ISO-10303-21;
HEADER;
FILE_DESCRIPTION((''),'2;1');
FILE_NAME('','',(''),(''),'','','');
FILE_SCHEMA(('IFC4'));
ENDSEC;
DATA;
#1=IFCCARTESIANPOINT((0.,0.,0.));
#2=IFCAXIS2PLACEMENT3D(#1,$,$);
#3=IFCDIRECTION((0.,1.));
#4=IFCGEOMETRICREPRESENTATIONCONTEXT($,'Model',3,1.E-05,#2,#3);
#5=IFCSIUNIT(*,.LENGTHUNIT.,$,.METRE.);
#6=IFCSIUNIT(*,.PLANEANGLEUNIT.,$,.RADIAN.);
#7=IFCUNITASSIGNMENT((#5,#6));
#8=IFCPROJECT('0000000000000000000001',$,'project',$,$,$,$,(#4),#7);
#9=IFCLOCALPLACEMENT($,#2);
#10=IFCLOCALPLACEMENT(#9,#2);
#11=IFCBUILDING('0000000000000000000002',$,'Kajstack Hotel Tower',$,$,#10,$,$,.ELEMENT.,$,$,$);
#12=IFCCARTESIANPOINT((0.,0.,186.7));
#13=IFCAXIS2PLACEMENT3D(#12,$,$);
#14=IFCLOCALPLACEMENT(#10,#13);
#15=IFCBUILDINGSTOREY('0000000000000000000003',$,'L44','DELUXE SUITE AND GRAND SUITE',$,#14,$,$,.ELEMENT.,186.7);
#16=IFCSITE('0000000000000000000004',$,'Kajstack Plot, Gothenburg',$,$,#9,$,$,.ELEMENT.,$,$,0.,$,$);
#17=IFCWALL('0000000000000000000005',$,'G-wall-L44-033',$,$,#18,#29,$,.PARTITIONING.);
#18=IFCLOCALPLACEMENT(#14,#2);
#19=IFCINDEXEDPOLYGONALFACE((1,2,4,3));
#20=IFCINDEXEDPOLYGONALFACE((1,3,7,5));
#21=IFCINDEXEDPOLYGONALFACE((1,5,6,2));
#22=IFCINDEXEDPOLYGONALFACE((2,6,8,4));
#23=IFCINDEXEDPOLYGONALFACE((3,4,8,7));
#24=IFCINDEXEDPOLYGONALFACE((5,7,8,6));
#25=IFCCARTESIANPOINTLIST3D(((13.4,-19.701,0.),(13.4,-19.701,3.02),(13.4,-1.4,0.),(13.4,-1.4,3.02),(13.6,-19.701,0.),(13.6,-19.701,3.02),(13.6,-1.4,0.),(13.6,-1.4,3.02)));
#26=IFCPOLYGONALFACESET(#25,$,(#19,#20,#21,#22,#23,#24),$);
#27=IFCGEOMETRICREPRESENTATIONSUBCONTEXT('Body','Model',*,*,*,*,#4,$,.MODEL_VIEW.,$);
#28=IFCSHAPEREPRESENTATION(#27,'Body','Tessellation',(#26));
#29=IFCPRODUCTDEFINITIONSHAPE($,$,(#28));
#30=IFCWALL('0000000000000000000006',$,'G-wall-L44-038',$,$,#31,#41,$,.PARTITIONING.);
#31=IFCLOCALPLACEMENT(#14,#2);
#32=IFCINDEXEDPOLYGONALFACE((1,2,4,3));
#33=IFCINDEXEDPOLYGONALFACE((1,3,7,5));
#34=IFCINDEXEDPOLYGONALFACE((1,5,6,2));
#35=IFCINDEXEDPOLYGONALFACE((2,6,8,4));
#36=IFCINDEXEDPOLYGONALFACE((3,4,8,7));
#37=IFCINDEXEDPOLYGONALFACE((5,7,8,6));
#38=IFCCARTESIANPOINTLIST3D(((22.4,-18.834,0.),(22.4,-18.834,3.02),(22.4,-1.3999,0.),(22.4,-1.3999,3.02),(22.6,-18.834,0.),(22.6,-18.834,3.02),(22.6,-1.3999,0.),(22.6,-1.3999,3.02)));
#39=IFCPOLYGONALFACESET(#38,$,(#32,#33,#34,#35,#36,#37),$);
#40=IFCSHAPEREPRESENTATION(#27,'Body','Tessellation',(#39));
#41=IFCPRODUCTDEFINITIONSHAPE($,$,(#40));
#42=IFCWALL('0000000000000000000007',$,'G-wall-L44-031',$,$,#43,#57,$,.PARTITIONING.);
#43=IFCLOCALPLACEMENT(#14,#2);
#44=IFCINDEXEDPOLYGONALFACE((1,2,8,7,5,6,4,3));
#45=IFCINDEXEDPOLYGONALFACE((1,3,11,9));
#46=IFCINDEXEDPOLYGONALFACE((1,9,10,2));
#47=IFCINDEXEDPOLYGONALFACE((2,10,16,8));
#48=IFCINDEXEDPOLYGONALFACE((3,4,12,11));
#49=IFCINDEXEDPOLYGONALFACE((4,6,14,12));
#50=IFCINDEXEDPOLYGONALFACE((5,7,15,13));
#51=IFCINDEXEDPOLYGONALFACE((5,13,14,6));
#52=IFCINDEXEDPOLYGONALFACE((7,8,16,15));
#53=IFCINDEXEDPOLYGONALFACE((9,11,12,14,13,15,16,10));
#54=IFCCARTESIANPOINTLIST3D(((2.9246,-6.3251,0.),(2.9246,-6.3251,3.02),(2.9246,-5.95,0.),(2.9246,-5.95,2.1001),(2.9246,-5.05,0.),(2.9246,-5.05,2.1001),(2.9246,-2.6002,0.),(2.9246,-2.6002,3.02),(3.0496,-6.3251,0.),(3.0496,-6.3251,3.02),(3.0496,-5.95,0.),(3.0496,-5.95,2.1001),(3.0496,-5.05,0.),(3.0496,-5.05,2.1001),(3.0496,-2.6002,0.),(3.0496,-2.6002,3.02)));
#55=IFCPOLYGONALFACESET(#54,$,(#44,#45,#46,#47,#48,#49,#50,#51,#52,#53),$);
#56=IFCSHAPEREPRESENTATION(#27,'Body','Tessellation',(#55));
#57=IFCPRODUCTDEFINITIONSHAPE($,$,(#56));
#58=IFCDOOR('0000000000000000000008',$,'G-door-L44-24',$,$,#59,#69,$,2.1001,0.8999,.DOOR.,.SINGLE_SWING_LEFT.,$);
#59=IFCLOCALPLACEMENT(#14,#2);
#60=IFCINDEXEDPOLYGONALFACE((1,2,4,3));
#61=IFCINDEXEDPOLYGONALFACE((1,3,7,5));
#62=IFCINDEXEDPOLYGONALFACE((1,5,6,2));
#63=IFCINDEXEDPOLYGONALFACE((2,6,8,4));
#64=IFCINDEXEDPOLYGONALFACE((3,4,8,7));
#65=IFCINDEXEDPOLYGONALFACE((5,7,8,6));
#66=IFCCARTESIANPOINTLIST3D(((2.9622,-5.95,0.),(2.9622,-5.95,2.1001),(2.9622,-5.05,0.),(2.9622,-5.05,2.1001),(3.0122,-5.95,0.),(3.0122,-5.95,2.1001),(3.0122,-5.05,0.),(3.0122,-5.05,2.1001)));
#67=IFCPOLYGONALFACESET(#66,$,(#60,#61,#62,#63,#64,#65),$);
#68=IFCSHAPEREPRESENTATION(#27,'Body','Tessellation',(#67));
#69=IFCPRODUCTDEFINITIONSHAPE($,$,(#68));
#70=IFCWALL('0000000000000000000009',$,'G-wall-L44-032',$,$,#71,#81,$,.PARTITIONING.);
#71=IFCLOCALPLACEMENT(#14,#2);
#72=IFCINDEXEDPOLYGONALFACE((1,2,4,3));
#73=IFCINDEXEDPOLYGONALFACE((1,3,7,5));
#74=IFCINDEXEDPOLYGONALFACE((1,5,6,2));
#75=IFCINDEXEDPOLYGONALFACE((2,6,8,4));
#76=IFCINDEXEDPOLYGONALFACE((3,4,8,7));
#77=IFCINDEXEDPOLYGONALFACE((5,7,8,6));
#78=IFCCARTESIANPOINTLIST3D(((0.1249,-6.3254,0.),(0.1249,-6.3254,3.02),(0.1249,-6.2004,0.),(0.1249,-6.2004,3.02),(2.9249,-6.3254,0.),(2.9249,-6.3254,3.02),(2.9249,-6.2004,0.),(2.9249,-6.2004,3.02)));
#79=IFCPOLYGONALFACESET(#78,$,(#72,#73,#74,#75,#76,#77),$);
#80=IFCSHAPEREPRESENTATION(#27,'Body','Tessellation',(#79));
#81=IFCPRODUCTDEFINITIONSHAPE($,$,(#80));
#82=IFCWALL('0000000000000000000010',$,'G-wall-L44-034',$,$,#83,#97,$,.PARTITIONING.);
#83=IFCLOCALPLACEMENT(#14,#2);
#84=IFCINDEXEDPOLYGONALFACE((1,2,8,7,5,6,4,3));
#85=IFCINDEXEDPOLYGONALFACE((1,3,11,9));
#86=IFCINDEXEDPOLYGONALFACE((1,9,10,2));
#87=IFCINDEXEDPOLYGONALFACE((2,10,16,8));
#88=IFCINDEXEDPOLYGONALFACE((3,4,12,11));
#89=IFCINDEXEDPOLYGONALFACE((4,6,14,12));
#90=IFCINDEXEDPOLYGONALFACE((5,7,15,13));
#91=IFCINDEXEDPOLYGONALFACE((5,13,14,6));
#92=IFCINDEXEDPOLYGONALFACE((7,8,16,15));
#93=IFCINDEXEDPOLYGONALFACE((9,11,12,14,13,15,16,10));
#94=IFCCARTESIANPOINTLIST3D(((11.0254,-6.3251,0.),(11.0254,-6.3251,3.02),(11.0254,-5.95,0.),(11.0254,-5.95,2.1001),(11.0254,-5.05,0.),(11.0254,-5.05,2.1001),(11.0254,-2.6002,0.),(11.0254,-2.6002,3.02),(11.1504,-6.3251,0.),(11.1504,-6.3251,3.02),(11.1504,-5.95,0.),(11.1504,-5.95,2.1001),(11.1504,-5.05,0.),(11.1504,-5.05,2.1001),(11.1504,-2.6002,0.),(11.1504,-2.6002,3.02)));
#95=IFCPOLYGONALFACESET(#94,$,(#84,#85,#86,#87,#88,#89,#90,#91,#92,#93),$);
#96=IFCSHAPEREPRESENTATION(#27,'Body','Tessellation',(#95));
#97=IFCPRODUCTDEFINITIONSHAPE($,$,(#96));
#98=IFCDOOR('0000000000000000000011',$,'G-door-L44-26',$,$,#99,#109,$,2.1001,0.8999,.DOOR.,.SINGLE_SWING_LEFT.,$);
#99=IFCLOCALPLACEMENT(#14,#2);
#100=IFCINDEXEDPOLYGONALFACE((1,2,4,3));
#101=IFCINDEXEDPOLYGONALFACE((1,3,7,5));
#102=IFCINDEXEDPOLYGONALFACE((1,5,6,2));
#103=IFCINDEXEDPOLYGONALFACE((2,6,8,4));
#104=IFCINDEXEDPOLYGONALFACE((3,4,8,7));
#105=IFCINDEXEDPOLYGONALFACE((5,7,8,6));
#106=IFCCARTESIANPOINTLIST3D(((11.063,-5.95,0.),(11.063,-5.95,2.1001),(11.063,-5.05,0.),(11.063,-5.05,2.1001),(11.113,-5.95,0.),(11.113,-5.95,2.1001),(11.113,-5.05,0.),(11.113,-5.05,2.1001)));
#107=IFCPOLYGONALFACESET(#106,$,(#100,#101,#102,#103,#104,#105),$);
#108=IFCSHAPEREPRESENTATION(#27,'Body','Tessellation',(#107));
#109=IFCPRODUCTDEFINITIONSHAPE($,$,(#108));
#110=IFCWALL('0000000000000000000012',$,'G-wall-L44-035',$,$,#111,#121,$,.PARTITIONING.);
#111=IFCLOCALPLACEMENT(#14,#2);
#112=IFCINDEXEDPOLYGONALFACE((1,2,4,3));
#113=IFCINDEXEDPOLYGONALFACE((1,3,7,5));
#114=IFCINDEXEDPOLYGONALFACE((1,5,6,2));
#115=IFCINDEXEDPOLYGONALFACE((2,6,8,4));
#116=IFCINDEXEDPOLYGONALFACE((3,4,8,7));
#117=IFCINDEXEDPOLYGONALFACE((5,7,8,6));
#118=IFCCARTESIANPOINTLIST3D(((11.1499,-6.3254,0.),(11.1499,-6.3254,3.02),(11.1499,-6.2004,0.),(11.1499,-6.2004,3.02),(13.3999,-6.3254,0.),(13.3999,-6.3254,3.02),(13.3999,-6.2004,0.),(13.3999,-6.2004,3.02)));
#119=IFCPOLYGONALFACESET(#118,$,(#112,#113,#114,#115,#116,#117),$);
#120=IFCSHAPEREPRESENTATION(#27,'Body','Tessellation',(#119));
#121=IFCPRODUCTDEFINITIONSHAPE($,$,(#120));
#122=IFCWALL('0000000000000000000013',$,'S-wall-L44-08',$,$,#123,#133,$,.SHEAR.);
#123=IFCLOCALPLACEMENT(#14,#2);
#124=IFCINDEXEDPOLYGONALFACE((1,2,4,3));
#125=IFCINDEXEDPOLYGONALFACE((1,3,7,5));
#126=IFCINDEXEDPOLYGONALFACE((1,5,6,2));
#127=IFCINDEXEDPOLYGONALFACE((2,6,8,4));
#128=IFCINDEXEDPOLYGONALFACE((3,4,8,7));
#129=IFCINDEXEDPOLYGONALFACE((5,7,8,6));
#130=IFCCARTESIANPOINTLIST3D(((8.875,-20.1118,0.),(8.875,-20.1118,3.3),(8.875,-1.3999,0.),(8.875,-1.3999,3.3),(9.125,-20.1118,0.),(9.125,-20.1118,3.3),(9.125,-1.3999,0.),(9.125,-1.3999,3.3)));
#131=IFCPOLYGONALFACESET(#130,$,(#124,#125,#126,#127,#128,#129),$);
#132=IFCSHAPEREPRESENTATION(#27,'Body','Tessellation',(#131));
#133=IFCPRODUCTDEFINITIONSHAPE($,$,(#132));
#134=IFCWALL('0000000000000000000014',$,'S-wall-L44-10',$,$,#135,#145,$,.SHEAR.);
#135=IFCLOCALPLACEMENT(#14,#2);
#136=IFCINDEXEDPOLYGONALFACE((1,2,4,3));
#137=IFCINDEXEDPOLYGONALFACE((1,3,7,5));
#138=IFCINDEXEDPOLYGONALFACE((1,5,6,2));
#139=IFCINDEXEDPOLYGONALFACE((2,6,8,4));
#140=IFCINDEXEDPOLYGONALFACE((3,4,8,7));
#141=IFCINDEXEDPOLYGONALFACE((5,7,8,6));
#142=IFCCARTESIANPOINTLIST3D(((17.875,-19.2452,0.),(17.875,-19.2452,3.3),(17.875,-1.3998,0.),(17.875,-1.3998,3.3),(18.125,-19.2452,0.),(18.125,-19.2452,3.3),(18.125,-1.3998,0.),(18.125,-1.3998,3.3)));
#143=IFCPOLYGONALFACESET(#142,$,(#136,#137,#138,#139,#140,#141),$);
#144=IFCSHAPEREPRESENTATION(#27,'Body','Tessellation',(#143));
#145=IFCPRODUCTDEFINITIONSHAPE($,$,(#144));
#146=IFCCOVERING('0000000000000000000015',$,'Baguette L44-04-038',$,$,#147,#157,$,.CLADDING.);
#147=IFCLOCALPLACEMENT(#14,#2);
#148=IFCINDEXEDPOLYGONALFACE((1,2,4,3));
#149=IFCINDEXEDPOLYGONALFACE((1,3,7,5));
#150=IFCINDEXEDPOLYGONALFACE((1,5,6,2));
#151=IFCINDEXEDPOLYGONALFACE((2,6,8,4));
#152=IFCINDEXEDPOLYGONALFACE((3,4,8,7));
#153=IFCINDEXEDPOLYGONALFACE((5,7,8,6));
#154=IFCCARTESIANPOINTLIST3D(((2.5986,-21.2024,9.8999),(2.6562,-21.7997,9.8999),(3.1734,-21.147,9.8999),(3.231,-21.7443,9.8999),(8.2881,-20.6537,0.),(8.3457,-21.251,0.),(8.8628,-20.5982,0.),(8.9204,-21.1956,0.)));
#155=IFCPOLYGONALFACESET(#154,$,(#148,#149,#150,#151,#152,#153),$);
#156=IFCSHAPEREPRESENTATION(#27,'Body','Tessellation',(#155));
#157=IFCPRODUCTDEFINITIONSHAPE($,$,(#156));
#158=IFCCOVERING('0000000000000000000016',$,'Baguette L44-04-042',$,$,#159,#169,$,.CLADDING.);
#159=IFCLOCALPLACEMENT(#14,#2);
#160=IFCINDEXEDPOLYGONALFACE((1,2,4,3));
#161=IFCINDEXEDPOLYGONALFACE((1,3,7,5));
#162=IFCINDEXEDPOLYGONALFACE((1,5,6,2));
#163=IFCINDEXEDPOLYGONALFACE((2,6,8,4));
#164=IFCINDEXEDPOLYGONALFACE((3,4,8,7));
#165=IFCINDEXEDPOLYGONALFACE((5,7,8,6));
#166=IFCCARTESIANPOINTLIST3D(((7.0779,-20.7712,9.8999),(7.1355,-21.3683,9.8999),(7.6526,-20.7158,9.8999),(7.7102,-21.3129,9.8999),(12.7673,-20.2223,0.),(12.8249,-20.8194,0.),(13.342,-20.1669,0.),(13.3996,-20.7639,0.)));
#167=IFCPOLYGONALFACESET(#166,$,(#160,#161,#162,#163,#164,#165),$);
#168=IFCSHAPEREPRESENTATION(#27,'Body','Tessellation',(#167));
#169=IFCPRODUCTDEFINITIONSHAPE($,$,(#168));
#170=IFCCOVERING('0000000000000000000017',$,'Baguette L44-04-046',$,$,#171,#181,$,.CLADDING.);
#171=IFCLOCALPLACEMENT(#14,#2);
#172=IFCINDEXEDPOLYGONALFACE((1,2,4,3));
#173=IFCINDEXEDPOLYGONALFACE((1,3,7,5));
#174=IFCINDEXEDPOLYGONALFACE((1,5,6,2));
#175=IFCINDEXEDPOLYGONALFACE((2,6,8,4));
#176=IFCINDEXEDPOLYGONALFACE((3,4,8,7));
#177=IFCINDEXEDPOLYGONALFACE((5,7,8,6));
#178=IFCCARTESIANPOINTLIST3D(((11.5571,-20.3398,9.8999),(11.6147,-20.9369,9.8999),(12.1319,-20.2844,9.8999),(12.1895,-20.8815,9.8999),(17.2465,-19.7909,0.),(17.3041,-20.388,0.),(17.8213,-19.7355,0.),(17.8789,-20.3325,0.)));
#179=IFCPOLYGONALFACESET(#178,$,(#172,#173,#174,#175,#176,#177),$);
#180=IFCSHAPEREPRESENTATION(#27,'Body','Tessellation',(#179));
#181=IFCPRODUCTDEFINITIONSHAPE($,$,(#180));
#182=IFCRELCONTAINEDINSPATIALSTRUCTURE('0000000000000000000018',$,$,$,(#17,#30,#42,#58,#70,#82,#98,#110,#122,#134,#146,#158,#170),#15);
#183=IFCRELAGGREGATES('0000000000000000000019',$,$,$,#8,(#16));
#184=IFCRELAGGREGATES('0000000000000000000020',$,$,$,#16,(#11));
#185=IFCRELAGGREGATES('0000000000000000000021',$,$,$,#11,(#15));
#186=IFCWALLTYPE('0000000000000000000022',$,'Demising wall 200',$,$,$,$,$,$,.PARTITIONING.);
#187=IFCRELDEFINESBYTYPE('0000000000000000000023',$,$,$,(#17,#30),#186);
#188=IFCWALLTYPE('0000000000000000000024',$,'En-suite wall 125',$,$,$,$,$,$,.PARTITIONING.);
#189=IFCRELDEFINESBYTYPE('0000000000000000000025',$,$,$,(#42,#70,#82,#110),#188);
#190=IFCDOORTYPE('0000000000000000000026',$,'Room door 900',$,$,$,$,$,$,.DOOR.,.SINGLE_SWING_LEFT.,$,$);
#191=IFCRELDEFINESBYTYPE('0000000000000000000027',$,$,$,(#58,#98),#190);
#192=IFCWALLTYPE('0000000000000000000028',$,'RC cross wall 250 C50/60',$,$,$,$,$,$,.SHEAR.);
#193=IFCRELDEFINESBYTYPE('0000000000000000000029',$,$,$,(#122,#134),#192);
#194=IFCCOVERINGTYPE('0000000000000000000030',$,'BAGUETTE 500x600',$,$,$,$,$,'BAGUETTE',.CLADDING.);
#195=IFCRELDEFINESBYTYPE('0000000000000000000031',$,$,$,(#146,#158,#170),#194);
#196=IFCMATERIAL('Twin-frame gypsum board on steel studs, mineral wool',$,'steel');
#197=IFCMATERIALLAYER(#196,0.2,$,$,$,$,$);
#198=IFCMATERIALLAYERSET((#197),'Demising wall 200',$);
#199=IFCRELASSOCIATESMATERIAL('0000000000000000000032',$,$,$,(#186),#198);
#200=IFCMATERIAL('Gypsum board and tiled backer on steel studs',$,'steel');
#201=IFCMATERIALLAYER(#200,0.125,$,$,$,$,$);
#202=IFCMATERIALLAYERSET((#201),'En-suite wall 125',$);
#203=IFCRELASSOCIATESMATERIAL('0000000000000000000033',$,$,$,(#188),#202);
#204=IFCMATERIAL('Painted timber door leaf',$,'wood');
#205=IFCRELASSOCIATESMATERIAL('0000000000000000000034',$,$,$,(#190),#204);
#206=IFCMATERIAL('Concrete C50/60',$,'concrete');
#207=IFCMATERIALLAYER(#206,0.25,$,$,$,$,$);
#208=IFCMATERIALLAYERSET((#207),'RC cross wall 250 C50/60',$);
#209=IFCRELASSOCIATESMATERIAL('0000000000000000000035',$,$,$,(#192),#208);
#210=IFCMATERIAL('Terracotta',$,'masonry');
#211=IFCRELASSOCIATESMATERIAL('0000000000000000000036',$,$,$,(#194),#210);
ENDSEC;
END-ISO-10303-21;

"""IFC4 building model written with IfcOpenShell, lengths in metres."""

from ifc_helpers import new_model, si_unit, direction, frame, frame_2d, origin, origin_2d, place, context, subcontext, project, spatial, polyline, rectangle, outline, extrude, material, layer, layer_set, material_profile, profile_set, type_object, element, fill, save


model = new_model("IFC4")

# Units and contexts
model_context = context("Model", 3, precision=1e-05, world=origin(), true_north=direction((0.0, 1.0)))
body_context = subcontext(model_context, "Body", "Model", "MODEL_VIEW")
ifc_project = project(units=[si_unit("LENGTHUNIT", "METRE"), si_unit("PLANEANGLEUNIT", "RADIAN")], contexts=[model_context])

# Site, building, storey
site_placement = place(None, origin())
site = spatial("IfcSite", under=ifc_project, at=site_placement, Name="Kajstack Plot, Gothenburg", CompositionType="ELEMENT", RefElevation=0.0)
building_placement = place(site_placement, origin())
building = spatial("IfcBuilding", under=site, at=building_placement, Name="Kajstack Hotel Tower", CompositionType="ELEMENT")
storey_placement = place(building_placement, frame((0.0, 0.0, 186.7)))
storey = spatial("IfcBuildingStorey", under=building, at=storey_placement, Name="L44", Description="DELUXE SUITE AND GRAND SUITE", CompositionType="ELEMENT", Elevation=186.7)

# Walls
ifc_material_1 = material(Name="Twin-frame gypsum board on steel studs, mineral wool", Category="steel")
ifc_layer_1 = layer(ifc_material_1, 0.2)
ifc_layer_set_1 = layer_set([ifc_layer_1], Name="Demising wall 200")
wall_type_1 = type_object("IfcWallType", Name="Demising wall 200", PredefinedType="PARTITIONING", material=ifc_layer_set_1)
wall_1_placement = place(storey_placement, frame((13.5, -19.7009, 0.0), z_axis=(0.0, 0.0, 1.0), x_axis=(0.0, 1.0, 0.0)))
element("IfcWall", 1, at=wall_1_placement, inside=storey, type_object=wall_type_1, Name="G-wall-L44-033", PredefinedType="PARTITIONING", context=body_context, shape_type="SweptSolid", body=[
    extrude(rectangle(XDim=18.301, YDim=0.2, at=frame_2d((9.1504, 0.0))), origin(), (0.0, 0.0, 1.0), 3.02),
])
wall_2_placement = place(storey_placement, frame((22.5, -18.834, 0.0), z_axis=(0.0, 0.0, 1.0), x_axis=(0.0, 1.0, 0.0)))
element("IfcWall", 2, at=wall_2_placement, inside=storey, type_object=wall_type_1, Name="G-wall-L44-038", PredefinedType="PARTITIONING", context=body_context, shape_type="SweptSolid", body=[
    extrude(rectangle(XDim=17.4341, YDim=0.2, at=frame_2d((8.717, 0.0))), origin(), (0.0, 0.0, 1.0), 3.02),
])

# Wall, opening, door
ifc_material_2 = material(Name="Gypsum board and tiled backer on steel studs", Category="steel")
ifc_layer_2 = layer(ifc_material_2, 0.125)
ifc_layer_set_2 = layer_set([ifc_layer_2], Name="En-suite wall 125")
wall_type_2 = type_object("IfcWallType", Name="En-suite wall 125", PredefinedType="PARTITIONING", material=ifc_layer_set_2)
wall_3_placement = place(storey_placement, frame((2.9871, -6.325, 0.0), z_axis=(0.0, 0.0, 1.0), x_axis=(0.0, 1.0, 0.0)))
wall_3 = element("IfcWall", 3, at=wall_3_placement, inside=storey, type_object=wall_type_2, Name="G-wall-L44-031", PredefinedType="PARTITIONING", context=body_context, shape_type="SweptSolid", body=[
    extrude(rectangle(XDim=3.7249, YDim=0.125, at=frame_2d((1.8623, 0.0))), origin(), (0.0, 0.0, 1.0), 3.02),
])
opening_1_placement = place(wall_3_placement, frame((0.375, 0.0, 0.0)))
opening_1 = element("IfcOpeningElement", 4, at=opening_1_placement, cuts=wall_3, PredefinedType="OPENING", context=body_context, shape_type="SweptSolid", body=[
    extrude(rectangle(XDim=0.8999, YDim=2.1001, at=frame_2d((0.45, 1.05))), frame((0.0, 0.0725, 0.0), z_axis=(0.0, -1.0, 0.0), x_axis=(1.0, 0.0, 0.0)), (0.0, 0.0, 1.0), 0.145),
])
ifc_material_3 = material(Name="Painted timber door leaf", Category="wood")
door_type = type_object("IfcDoorType", Name="Room door 900", OperationType="SINGLE_SWING_LEFT", PredefinedType="DOOR", material=ifc_material_3)
door_1_placement = place(opening_1_placement, origin())
door_1 = element("IfcDoor", 5, at=door_1_placement, inside=storey, type_object=door_type, Name="G-door-L44-24", OperationType="SINGLE_SWING_LEFT", OverallHeight=2.1001, OverallWidth=0.8999, PredefinedType="DOOR", context=body_context, shape_type="SweptSolid", body=[
    extrude(rectangle(XDim=0.8999, YDim=2.1001, at=frame_2d((0.45, 1.05))), frame((0.0, 0.0249, 0.0), z_axis=(0.0, -1.0, 0.0), x_axis=(1.0, 0.0, 0.0)), (0.0, 0.0, 1.0), 0.05),
])
fill(opening_1, door_1)

# Wall
wall_4_placement = place(storey_placement, frame((0.125, -6.2629, 0.0), z_axis=(0.0, 0.0, 1.0), x_axis=(1.0, 0.0, 0.0)))
element("IfcWall", 6, at=wall_4_placement, inside=storey, type_object=wall_type_2, Name="G-wall-L44-032", PredefinedType="PARTITIONING", context=body_context, shape_type="SweptSolid", body=[
    extrude(rectangle(XDim=2.8, YDim=0.125, at=frame_2d((1.3999, 0.0))), origin(), (0.0, 0.0, 1.0), 3.02),
])

# Wall, opening, door
wall_5_placement = place(storey_placement, frame((11.0879, -6.325, 0.0), z_axis=(0.0, 0.0, 1.0), x_axis=(0.0, 1.0, 0.0)))
wall_5 = element("IfcWall", 7, at=wall_5_placement, inside=storey, type_object=wall_type_2, Name="G-wall-L44-034", PredefinedType="PARTITIONING", context=body_context, shape_type="SweptSolid", body=[
    extrude(rectangle(XDim=3.7249, YDim=0.125, at=frame_2d((1.8623, 0.0))), origin(), (0.0, 0.0, 1.0), 3.02),
])
opening_2_placement = place(wall_5_placement, frame((0.375, 0.0, 0.0)))
opening_2 = element("IfcOpeningElement", 8, at=opening_2_placement, cuts=wall_5, PredefinedType="OPENING", context=body_context, shape_type="SweptSolid", body=[
    extrude(rectangle(XDim=0.8999, YDim=2.1001, at=frame_2d((0.45, 1.05))), frame((0.0, 0.0725, 0.0), z_axis=(0.0, -1.0, 0.0), x_axis=(1.0, 0.0, 0.0)), (0.0, 0.0, 1.0), 0.145),
])
door_2_placement = place(opening_2_placement, origin())
door_2 = element("IfcDoor", 9, at=door_2_placement, inside=storey, type_object=door_type, Name="G-door-L44-26", OperationType="SINGLE_SWING_LEFT", OverallHeight=2.1001, OverallWidth=0.8999, PredefinedType="DOOR", context=body_context, shape_type="SweptSolid", body=[
    extrude(rectangle(XDim=0.8999, YDim=2.1001, at=frame_2d((0.45, 1.05))), frame((0.0, 0.0249, 0.0), z_axis=(0.0, -1.0, 0.0), x_axis=(1.0, 0.0, 0.0)), (0.0, 0.0, 1.0), 0.05),
])
fill(opening_2, door_2)

# Walls
wall_6_placement = place(storey_placement, frame((11.1499, -6.2629, 0.0), z_axis=(0.0, 0.0, 1.0), x_axis=(1.0, 0.0, 0.0)))
element("IfcWall", 10, at=wall_6_placement, inside=storey, type_object=wall_type_2, Name="G-wall-L44-035", PredefinedType="PARTITIONING", context=body_context, shape_type="SweptSolid", body=[
    extrude(rectangle(XDim=2.25, YDim=0.125, at=frame_2d((1.125, 0.0))), origin(), (0.0, 0.0, 1.0), 3.02),
])
ifc_material_4 = material(Name="Concrete C50/60", Category="concrete")
ifc_layer_3 = layer(ifc_material_4, 0.25)
ifc_layer_set_3 = layer_set([ifc_layer_3], Name="RC cross wall 250 C50/60")
wall_type_3 = type_object("IfcWallType", Name="RC cross wall 250 C50/60", PredefinedType="SHEAR", material=ifc_layer_set_3)
wall_7_placement = place(storey_placement, frame((9.0, -20.1118, 0.0), z_axis=(0.0, 0.0, 1.0), x_axis=(0.0, 1.0, 0.0)))
element("IfcWall", 11, at=wall_7_placement, inside=storey, type_object=wall_type_3, Name="S-wall-L44-08", PredefinedType="SHEAR", context=body_context, shape_type="SweptSolid", body=[
    extrude(rectangle(XDim=18.7119, YDim=0.25, at=frame_2d((9.356, 0.0))), origin(), (0.0, 0.0, 1.0), 3.3),
])
wall_8_placement = place(storey_placement, frame((18.0, -19.2454, 0.0), z_axis=(0.0, 0.0, 1.0), x_axis=(0.0, 1.0, 0.0)))
element("IfcWall", 12, at=wall_8_placement, inside=storey, type_object=wall_type_3, Name="S-wall-L44-10", PredefinedType="SHEAR", context=body_context, shape_type="SweptSolid", body=[
    extrude(rectangle(XDim=17.8455, YDim=0.25, at=frame_2d((8.9229, 0.0))), origin(), (0.0, 0.0, 1.0), 3.3),
])

# Coverings
ifc_material_5 = material(Name="Terracotta", Category="masonry")
ifc_material_profile = material_profile(ifc_material_5, rectangle(XDim=0.6001, YDim=0.5, at=origin_2d()), Name="Terracotta-clad concrete baguette 500 x 600")
ifc_profile_set = profile_set([ifc_material_profile], Name="Terracotta")
covering_type = type_object("IfcCoveringType", Name="BAGUETTE 500x600", ElementType="BAGUETTE", PredefinedType="CLADDING", material=ifc_profile_set)
covering_1_placement = place(storey_placement, frame((2.5986, -21.2024, 0.0), z_axis=(0.095999, -0.995381, 0.0), x_axis=(0.995381, 0.095999, 0.0)))
element("IfcCovering", 13, at=covering_1_placement, inside=storey, type_object=covering_type, Name="Baguette L44-04-038", PredefinedType="CLADDING", context=body_context, shape_type="SweptSolid", body=[
    extrude(outline(polyline([(0.0, 9.8999), (5.7158, 0.0), (6.2932, 0.0), (0.5774, 9.8999), (0.0, 9.8999)])), origin(), (0.0, 0.0, 1.0), 0.6001),
])
for number, where, z_axis, x_axis, name in (
    (14, (7.0779, -20.7712, 0.0), (0.096038, -0.995378, 0.0), (0.995378, 0.096038, 0.0), "Baguette L44-04-042"),
    (15, (11.5571, -20.3398, 0.0), (0.096038, -0.995378, 0.0), (0.995378, 0.096038, 0.0), "Baguette L44-04-046"),
):
    element("IfcCovering", number, at=place(storey_placement, frame(where, z_axis=z_axis, x_axis=x_axis)), inside=storey, type_object=covering_type, Name=name, PredefinedType="CLADDING", context=body_context, shape_type="SweptSolid", body=[
        extrude(outline(polyline([(0.0, 9.8999), (5.7158, 0.0), (6.2932, 0.0), (0.5774, 9.8999), (0.0, 9.8999)])), origin(), (0.0, 0.0, 1.0), 0.5999),
    ])

save(model, "model.ifc")
